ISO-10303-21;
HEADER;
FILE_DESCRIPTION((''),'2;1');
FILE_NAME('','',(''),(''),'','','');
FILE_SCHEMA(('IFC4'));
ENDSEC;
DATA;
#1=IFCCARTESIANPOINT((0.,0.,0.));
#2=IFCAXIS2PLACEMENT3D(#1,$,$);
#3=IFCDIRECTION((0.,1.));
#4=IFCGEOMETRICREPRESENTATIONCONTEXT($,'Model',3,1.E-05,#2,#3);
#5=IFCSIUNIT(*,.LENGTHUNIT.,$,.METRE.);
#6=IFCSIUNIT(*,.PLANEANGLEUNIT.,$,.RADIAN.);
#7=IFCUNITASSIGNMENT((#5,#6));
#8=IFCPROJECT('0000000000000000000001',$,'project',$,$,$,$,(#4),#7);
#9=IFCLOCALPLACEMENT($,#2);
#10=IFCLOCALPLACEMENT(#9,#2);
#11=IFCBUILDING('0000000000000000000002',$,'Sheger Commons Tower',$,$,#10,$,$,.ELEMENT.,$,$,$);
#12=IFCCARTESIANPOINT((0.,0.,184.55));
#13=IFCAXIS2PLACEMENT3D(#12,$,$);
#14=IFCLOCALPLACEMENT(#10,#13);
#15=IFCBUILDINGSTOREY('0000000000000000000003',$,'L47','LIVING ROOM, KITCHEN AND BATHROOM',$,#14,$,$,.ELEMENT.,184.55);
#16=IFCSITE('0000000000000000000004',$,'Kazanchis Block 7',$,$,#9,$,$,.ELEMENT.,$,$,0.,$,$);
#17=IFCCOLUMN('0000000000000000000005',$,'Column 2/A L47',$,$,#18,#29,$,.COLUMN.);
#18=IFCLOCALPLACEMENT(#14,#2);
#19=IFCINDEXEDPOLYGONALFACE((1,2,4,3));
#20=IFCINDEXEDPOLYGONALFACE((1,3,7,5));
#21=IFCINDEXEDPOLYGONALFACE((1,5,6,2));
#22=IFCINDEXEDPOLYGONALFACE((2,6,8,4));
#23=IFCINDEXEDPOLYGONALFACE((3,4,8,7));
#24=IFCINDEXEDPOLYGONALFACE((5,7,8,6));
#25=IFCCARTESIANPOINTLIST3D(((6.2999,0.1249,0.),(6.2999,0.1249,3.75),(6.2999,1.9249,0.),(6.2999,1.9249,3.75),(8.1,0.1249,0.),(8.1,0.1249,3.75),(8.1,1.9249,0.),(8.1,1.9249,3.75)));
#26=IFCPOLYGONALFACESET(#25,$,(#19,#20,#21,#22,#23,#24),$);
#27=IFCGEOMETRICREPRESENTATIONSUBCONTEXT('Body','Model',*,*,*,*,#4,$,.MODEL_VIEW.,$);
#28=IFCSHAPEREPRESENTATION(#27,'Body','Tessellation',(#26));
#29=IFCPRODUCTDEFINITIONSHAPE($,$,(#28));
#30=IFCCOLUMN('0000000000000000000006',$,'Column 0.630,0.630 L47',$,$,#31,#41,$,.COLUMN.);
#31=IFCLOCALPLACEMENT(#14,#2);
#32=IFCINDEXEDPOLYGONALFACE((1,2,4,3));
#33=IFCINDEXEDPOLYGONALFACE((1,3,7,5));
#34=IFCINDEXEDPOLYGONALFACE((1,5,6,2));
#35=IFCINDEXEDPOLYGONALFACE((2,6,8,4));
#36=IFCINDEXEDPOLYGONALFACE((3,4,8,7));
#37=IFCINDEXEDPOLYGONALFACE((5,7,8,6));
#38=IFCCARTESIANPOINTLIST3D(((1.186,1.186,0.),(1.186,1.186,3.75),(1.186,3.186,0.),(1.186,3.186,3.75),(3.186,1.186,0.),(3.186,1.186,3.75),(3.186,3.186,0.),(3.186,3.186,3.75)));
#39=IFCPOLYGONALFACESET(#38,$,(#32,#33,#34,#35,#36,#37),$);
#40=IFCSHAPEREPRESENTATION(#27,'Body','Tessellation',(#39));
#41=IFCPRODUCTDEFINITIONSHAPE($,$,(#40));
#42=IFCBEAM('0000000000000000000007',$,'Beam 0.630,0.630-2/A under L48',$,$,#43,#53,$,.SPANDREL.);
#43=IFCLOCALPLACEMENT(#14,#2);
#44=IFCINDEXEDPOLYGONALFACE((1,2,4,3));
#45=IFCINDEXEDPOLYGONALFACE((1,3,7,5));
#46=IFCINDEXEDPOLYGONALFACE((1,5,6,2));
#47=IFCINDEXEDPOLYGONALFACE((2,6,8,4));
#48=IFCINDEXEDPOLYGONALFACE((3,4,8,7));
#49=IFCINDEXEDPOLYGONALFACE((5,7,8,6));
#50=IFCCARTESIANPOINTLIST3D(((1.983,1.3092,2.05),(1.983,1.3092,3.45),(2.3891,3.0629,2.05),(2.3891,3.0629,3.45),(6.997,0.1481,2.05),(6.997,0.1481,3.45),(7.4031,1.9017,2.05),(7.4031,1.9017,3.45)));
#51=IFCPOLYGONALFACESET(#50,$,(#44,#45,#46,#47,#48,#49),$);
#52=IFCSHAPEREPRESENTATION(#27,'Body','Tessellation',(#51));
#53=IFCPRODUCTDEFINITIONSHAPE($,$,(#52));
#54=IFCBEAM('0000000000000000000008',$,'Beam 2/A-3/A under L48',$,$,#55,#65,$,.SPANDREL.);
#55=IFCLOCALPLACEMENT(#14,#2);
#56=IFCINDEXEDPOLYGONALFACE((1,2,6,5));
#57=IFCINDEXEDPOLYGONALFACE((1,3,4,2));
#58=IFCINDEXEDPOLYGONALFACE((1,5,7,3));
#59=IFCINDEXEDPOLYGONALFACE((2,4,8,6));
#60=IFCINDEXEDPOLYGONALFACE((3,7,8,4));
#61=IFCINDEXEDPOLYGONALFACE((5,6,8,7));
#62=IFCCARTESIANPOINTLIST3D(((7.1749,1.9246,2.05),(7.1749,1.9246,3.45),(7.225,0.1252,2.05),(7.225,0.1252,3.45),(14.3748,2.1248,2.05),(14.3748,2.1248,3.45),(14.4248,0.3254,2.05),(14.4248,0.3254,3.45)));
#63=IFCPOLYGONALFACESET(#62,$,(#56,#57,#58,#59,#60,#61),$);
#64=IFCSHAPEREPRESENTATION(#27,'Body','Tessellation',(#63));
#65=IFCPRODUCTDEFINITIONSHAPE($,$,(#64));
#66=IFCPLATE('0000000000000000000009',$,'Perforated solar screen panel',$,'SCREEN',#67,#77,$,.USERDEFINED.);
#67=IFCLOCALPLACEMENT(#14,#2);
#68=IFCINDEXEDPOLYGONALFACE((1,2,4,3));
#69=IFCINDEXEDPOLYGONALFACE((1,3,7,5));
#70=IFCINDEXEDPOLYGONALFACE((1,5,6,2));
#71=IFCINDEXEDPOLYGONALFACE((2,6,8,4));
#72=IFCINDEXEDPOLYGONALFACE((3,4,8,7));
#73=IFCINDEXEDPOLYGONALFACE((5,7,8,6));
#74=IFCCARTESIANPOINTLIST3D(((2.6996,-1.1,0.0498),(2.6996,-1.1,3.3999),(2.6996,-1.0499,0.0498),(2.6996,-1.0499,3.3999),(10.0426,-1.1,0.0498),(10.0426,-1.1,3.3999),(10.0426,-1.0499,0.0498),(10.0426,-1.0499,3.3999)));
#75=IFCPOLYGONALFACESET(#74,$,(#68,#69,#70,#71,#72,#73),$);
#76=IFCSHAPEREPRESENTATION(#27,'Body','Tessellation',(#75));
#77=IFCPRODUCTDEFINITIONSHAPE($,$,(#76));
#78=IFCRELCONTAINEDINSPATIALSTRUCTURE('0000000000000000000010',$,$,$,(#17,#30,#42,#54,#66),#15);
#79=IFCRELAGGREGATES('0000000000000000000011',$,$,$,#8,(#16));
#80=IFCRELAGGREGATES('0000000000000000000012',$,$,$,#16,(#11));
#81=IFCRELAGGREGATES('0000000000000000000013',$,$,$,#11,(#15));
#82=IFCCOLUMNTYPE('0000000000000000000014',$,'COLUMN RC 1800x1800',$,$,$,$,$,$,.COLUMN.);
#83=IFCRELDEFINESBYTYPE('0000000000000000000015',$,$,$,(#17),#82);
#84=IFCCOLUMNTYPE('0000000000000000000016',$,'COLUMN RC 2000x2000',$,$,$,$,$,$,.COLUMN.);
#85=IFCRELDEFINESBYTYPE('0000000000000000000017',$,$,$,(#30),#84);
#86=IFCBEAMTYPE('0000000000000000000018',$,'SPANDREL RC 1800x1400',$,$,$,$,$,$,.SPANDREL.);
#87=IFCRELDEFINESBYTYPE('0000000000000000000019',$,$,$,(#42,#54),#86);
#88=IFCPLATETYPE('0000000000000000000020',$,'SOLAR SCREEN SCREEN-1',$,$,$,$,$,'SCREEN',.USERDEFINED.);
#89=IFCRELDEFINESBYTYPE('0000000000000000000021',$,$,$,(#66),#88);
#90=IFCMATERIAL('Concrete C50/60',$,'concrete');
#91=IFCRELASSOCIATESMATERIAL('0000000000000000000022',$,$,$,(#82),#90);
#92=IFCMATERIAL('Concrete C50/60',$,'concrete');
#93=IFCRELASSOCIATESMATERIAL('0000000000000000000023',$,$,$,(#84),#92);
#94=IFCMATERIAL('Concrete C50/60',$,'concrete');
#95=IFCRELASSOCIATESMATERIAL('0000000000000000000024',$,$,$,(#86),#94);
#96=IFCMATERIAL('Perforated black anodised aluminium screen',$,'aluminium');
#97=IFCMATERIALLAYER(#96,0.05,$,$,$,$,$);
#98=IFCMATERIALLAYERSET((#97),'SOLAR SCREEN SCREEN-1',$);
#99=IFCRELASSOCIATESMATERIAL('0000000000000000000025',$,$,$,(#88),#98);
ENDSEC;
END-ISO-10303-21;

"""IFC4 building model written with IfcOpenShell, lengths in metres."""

from ifc_helpers import new_model, si_unit, direction, frame, origin, origin_2d, place, context, subcontext, project, spatial, rectangle, extrude, material, layer, layer_set, material_profile, profile_set, type_object, element, save


model = new_model("IFC4")

# Units and contexts
model_context = context("Model", 3, precision=1e-05, world=origin(), true_north=direction((0.0, 1.0)))
body_context = subcontext(model_context, "Body", "Model", "MODEL_VIEW")
ifc_project = project(units=[si_unit("LENGTHUNIT", "METRE"), si_unit("PLANEANGLEUNIT", "RADIAN")], contexts=[model_context])

# Site, building, storey
site_placement = place(None, origin())
site = spatial("IfcSite", under=ifc_project, at=site_placement, Name="Kazanchis Block 7", CompositionType="ELEMENT", RefElevation=0.0)
building_placement = place(site_placement, origin())
building = spatial("IfcBuilding", under=site, at=building_placement, Name="Sheger Commons Tower", CompositionType="ELEMENT")
storey_placement = place(building_placement, frame((0.0, 0.0, 184.55)))
storey = spatial("IfcBuildingStorey", under=building, at=storey_placement, Name="L47", Description="LIVING ROOM, KITCHEN AND BATHROOM", CompositionType="ELEMENT", Elevation=184.55)

# Columns
ifc_material_1 = material(Name="Concrete C50/60", Category="concrete")
ifc_material_profile_1 = material_profile(ifc_material_1, rectangle(XDim=1.8, YDim=1.8, at=origin_2d()), Name="RC 1800x1800")
ifc_profile_set_1 = profile_set([ifc_material_profile_1], Name="Concrete C50/60")
column_type_1 = type_object("IfcColumnType", Name="COLUMN RC 1800x1800", PredefinedType="COLUMN", material=ifc_profile_set_1)
column_1_placement = place(storey_placement, frame((7.2, 1.0249, 0.0), z_axis=(0.0, 0.0, 1.0), x_axis=(1.0, 0.0, 0.0)))
element("IfcColumn", 1, at=column_1_placement, inside=storey, type_object=column_type_1, Name="Column 2/A L47", PredefinedType="COLUMN", context=body_context, shape_type="SweptSolid", body=[
    extrude(rectangle(XDim=1.8, YDim=1.8, at=origin_2d()), origin(), (0.0, 0.0, 1.0), 3.75),
])
ifc_material_2 = material(Name="Concrete C50/60", Category="concrete")
ifc_material_profile_2 = material_profile(ifc_material_2, rectangle(XDim=2.0, YDim=2.0, at=origin_2d()), Name="RC 2000x2000")
ifc_profile_set_2 = profile_set([ifc_material_profile_2], Name="Concrete C50/60")
column_type_2 = type_object("IfcColumnType", Name="COLUMN RC 2000x2000", PredefinedType="COLUMN", material=ifc_profile_set_2)
column_2_placement = place(storey_placement, frame((2.186, 2.186, 0.0), z_axis=(0.0, 0.0, 1.0), x_axis=(1.0, 0.0, 0.0)))
element("IfcColumn", 2, at=column_2_placement, inside=storey, type_object=column_type_2, Name="Column 0.630,0.630 L47", PredefinedType="COLUMN", context=body_context, shape_type="SweptSolid", body=[
    extrude(rectangle(XDim=2.0, YDim=2.0, at=origin_2d()), origin(), (0.0, 0.0, 1.0), 3.75),
])

# Beams
ifc_material_3 = material(Name="Concrete C50/60", Category="concrete")
ifc_material_profile_3 = material_profile(ifc_material_3, rectangle(XDim=1.8, YDim=1.3999, at=origin_2d()), Name="RC 1800x1400")
ifc_profile_set_3 = profile_set([ifc_material_profile_3], Name="Concrete C50/60")
beam_type = type_object("IfcBeamType", Name="SPANDREL RC 1800x1400", PredefinedType="SPANDREL", material=ifc_profile_set_3)
beam_1_placement = place(storey_placement, frame((2.186, 2.186, 2.75), z_axis=(0.974217, -0.225611, 0.0), x_axis=(0.225611, 0.974217, 0.0)))
element("IfcBeam", 3, at=beam_1_placement, inside=storey, type_object=beam_type, Name="Beam 0.630,0.630-2/A under L48", PredefinedType="SPANDREL", context=body_context, shape_type="SweptSolid", body=[
    extrude(rectangle(XDim=1.8, YDim=1.3999, at=origin_2d()), origin(), (0.0, 0.0, 1.0), 5.1467),
])
beam_2_placement = place(storey_placement, frame((7.2, 1.0249, 2.75), z_axis=(0.999614, 0.027794, 0.0), x_axis=(-0.027794, 0.999614, 0.0)))
element("IfcBeam", 4, at=beam_2_placement, inside=storey, type_object=beam_type, Name="Beam 2/A-3/A under L48", PredefinedType="SPANDREL", context=body_context, shape_type="SweptSolid", body=[
    extrude(rectangle(XDim=1.8, YDim=1.3999, at=origin_2d()), origin(), (0.0, 0.0, 1.0), 7.2026),
])

# Plate
ifc_material_4 = material(Name="Perforated black anodised aluminium screen", Category="aluminium")
ifc_layer_1 = layer(ifc_material_4, 0.05)
ifc_layer_set_1 = layer_set([ifc_layer_1], Name="SOLAR SCREEN SCREEN-1")
plate_type = type_object("IfcPlateType", Name="SOLAR SCREEN SCREEN-1", ElementType="SCREEN", PredefinedType="USERDEFINED", material=ifc_layer_set_1)
plate_placement = place(storey_placement, frame((6.3711, -1.075, 0.0498), z_axis=(0.0, 0.0, 1.0), x_axis=(1.0, 0.0, 0.0)))
element("IfcPlate", 5, at=plate_placement, inside=storey, type_object=plate_type, Name="Perforated solar screen panel", ObjectType="SCREEN", PredefinedType="USERDEFINED", context=body_context, shape_type="SweptSolid", body=[
    extrude(rectangle(XDim=7.343, YDim=0.05, at=origin_2d()), origin(), (0.0, 0.0, 1.0), 3.3501),
])

save(model, "model.ifc")
